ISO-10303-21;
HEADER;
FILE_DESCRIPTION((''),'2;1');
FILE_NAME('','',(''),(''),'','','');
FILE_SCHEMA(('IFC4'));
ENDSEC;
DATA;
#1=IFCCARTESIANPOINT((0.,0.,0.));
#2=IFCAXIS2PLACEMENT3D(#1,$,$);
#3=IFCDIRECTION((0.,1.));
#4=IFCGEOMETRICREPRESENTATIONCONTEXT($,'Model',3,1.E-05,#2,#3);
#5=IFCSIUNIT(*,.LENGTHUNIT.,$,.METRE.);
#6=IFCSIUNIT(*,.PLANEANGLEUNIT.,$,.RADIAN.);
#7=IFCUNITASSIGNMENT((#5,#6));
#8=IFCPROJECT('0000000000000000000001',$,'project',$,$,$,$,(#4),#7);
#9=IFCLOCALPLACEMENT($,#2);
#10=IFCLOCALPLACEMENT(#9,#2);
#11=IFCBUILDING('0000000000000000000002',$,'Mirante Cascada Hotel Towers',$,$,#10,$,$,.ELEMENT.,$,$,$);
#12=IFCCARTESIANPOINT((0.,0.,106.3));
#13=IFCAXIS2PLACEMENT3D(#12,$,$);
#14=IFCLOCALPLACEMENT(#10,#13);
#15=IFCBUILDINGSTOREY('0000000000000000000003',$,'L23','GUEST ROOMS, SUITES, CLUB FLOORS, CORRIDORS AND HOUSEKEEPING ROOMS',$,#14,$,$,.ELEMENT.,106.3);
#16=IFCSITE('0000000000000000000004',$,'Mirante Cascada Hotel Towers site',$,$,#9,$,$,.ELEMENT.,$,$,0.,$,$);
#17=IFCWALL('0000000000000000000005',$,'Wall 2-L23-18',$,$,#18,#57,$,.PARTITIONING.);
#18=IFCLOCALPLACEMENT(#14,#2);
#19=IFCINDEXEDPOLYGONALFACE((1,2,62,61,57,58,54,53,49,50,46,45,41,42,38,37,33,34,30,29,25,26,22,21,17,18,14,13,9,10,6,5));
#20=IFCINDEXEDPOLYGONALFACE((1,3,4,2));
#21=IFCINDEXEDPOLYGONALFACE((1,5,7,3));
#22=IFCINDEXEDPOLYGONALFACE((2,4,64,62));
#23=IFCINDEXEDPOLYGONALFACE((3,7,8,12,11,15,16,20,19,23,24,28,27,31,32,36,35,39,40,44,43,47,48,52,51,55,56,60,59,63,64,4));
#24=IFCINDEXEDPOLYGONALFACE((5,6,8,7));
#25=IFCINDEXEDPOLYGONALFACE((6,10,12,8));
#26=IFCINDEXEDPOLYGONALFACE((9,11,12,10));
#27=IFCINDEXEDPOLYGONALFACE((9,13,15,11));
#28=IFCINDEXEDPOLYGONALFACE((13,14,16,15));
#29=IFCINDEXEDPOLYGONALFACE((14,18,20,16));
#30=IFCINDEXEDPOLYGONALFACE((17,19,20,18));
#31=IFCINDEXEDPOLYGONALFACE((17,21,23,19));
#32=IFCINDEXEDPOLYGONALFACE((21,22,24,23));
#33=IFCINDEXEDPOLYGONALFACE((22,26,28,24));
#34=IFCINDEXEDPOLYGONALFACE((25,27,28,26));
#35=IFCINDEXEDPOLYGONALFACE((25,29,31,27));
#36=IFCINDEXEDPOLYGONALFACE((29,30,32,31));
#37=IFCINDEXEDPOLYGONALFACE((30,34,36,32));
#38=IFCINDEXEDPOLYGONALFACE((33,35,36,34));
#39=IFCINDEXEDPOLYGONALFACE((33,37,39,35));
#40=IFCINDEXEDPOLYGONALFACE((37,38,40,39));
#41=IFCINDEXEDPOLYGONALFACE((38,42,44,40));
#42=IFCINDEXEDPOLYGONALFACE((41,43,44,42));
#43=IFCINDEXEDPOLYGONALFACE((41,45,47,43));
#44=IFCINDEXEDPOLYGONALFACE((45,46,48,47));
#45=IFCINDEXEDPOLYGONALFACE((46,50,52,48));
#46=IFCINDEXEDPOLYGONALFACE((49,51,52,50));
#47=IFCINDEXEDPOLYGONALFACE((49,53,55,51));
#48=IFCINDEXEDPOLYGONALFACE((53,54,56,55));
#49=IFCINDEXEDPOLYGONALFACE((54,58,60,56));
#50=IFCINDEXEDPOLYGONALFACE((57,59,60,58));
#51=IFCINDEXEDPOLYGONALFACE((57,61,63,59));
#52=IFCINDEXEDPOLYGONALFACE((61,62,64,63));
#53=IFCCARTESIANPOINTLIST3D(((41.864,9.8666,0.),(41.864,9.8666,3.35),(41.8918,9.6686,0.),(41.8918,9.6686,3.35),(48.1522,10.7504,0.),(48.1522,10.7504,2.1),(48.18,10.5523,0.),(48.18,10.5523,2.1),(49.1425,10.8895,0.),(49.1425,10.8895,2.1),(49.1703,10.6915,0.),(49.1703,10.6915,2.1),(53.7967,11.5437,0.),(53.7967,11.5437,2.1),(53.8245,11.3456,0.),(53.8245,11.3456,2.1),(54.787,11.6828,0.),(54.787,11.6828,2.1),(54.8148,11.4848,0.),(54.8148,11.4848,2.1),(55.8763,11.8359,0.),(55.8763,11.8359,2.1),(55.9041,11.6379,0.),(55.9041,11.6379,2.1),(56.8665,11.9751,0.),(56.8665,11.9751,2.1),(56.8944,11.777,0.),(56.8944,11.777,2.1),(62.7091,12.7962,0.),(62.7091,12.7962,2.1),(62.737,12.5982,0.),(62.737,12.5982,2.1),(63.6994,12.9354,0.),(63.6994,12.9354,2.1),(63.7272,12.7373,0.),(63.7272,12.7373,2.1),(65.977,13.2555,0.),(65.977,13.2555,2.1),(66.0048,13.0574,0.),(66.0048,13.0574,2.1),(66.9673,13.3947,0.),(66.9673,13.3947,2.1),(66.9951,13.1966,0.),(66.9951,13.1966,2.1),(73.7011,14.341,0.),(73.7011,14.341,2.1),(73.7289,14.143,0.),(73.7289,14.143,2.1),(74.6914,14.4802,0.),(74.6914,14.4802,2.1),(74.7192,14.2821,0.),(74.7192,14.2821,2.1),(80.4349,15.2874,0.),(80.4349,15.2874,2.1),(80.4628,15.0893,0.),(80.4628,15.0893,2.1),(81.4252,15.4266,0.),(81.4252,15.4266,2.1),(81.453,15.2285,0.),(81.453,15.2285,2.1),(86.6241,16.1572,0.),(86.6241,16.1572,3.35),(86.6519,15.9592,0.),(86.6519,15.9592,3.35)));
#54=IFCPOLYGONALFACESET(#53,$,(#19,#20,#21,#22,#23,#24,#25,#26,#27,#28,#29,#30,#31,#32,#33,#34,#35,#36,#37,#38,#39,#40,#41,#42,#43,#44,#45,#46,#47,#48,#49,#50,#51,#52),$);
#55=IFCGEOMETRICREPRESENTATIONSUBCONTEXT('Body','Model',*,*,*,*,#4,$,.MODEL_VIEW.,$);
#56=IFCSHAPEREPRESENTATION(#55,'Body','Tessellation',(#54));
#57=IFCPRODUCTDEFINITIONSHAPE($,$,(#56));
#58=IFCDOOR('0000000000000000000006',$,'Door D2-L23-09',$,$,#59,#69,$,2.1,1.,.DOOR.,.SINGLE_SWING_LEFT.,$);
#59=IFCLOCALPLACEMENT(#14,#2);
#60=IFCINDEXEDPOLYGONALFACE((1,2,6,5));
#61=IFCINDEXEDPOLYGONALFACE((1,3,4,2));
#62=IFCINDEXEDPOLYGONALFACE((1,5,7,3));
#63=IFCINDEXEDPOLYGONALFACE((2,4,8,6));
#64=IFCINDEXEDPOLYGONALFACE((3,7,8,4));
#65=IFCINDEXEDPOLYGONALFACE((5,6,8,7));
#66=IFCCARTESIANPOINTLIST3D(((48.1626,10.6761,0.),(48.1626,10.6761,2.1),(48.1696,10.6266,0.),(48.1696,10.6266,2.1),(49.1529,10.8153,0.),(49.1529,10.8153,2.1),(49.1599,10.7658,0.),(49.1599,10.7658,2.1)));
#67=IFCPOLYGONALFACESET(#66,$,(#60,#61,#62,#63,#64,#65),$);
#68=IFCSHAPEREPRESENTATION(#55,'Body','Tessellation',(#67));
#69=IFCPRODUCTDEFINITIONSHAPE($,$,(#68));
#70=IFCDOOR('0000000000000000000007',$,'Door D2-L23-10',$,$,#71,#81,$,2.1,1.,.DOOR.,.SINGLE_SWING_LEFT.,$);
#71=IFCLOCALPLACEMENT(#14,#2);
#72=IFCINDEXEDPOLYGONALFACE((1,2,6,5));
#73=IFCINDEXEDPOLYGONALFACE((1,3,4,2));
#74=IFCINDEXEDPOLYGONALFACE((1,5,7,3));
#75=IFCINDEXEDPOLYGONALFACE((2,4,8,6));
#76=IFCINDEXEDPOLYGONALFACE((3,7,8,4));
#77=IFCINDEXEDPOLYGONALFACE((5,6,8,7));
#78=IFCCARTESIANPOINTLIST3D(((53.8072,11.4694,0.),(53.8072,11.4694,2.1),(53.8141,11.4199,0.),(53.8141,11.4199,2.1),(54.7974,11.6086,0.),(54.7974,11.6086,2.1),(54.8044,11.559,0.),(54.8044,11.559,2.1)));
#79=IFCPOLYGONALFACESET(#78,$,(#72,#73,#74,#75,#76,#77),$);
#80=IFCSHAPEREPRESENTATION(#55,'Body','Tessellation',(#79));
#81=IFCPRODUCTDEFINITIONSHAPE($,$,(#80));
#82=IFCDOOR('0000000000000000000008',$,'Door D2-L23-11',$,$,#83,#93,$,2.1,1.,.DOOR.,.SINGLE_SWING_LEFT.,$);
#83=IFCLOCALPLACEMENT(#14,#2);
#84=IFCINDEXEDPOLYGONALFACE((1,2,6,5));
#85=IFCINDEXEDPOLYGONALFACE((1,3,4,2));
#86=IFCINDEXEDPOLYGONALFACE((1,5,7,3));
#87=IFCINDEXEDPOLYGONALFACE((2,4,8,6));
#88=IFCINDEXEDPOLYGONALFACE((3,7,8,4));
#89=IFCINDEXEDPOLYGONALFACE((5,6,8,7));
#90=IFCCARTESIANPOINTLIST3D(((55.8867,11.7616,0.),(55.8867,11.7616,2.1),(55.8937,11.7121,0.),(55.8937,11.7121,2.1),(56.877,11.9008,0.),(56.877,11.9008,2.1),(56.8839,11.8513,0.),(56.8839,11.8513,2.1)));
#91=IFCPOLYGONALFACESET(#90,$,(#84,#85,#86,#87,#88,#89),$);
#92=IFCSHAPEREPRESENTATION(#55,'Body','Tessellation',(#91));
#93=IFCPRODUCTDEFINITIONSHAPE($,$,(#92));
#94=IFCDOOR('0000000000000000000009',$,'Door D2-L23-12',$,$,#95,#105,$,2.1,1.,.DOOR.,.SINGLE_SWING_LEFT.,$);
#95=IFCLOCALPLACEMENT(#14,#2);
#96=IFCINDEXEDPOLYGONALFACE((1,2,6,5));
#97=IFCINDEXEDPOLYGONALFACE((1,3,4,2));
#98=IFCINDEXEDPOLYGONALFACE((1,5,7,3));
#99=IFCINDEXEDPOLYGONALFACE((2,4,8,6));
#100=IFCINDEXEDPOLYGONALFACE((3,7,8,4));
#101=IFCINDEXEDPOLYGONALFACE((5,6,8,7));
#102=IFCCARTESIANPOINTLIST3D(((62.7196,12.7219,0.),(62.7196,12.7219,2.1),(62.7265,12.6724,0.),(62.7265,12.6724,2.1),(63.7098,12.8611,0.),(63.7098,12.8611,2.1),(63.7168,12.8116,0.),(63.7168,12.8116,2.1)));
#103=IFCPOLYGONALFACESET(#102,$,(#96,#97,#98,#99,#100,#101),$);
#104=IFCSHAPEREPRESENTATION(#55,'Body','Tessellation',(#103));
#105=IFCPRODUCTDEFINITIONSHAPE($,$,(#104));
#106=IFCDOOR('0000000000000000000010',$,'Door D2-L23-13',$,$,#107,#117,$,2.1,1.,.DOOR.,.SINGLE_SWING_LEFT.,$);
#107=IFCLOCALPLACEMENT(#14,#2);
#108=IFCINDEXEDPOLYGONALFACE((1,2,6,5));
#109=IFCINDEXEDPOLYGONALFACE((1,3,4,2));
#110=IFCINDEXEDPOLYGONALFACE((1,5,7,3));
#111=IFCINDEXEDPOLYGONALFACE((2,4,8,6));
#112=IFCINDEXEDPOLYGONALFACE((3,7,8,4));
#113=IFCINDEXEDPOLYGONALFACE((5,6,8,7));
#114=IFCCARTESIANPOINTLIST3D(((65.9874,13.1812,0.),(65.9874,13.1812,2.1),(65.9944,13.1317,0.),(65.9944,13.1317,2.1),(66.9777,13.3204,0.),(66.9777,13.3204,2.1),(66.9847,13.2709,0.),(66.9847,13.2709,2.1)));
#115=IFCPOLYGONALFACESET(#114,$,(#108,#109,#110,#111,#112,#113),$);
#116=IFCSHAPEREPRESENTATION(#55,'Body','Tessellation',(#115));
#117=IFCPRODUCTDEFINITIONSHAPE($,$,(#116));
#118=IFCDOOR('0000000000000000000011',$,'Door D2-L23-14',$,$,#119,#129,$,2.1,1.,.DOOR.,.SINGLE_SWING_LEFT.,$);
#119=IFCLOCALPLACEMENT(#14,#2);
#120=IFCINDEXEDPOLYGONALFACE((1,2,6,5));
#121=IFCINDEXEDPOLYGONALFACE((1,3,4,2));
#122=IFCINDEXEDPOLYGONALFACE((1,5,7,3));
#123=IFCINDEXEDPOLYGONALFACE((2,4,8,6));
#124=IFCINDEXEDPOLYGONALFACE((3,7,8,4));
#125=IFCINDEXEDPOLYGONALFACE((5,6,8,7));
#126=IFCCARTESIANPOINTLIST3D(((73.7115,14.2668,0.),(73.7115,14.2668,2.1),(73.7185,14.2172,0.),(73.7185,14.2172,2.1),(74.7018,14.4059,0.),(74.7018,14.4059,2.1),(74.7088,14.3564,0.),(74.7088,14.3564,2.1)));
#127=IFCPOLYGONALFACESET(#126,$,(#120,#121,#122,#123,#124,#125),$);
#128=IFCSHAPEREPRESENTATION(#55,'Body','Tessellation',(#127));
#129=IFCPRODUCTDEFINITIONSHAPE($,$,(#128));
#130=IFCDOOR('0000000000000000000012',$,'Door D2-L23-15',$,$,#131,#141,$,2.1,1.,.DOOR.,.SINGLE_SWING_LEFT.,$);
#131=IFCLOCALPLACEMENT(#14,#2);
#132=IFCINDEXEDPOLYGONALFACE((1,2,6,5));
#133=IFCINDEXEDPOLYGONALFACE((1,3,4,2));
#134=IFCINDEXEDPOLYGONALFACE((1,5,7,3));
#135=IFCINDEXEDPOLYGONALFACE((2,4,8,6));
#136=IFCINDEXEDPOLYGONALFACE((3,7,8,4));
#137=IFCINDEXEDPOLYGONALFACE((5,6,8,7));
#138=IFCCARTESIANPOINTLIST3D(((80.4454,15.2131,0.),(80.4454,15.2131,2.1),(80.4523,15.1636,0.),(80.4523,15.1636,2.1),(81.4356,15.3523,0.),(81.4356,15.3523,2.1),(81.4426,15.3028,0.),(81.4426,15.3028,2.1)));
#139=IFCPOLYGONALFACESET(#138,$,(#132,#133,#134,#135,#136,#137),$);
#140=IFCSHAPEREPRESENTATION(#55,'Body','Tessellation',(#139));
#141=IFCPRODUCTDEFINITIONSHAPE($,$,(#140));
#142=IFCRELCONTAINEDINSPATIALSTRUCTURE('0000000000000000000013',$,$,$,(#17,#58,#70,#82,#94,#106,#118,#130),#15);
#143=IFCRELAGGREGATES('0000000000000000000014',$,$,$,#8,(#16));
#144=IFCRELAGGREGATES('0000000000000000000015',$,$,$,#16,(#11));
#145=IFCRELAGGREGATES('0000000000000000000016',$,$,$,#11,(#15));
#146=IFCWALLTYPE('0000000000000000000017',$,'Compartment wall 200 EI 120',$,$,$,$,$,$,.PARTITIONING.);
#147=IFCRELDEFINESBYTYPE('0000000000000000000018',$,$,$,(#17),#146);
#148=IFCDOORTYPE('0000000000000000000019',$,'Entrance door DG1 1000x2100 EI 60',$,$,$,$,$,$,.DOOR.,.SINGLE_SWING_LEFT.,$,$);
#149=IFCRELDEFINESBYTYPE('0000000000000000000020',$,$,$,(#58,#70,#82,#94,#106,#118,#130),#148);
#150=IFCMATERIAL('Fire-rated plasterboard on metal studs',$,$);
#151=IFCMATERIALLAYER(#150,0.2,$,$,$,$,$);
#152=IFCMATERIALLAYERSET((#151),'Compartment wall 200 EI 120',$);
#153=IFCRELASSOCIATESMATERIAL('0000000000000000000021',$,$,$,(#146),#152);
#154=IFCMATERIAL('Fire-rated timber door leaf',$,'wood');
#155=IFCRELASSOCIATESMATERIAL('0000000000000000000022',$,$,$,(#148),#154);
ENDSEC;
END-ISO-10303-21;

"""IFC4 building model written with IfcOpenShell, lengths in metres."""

from ifc_helpers import new_model, si_unit, direction, frame, frame_2d, origin, place, context, subcontext, project, spatial, rectangle, extrude, material, layer, layer_set, type_object, element, fill, save


model = new_model("IFC4")

# Units and contexts
model_context = context("Model", 3, precision=1e-05, world=origin(), true_north=direction((0.0, 1.0)))
body_context = subcontext(model_context, "Body", "Model", "MODEL_VIEW")
ifc_project = project(units=[si_unit("LENGTHUNIT", "METRE"), si_unit("PLANEANGLEUNIT", "RADIAN")], contexts=[model_context])

# Site, building, storey
site_placement = place(None, origin())
site = spatial("IfcSite", under=ifc_project, at=site_placement, Name="Mirante Cascada Hotel Towers site", CompositionType="ELEMENT", RefElevation=0.0)
building_placement = place(site_placement, origin())
building = spatial("IfcBuilding", under=site, at=building_placement, Name="Mirante Cascada Hotel Towers", CompositionType="ELEMENT")
storey_placement = place(building_placement, frame((0.0, 0.0, 106.3)))
storey = spatial("IfcBuildingStorey", under=building, at=storey_placement, Name="L23", Description="GUEST ROOMS, SUITES, CLUB FLOORS, CORRIDORS AND HOUSEKEEPING ROOMS", CompositionType="ELEMENT", Elevation=106.3)

# Wall, openings, doors
ifc_material_1 = material(Name="Fire-rated plasterboard on metal studs")
ifc_layer_1 = layer(ifc_material_1, 0.2)
ifc_layer_set_1 = layer_set([ifc_layer_1], Name="Compartment wall 200 EI 120")
wall_type_1 = type_object("IfcWallType", Name="Compartment wall 200 EI 120", PredefinedType="PARTITIONING", material=ifc_layer_set_1)
wall_1_placement = place(storey_placement, frame((41.8779, 9.7676, 0.0), z_axis=(0.0, 0.0, 1.0), x_axis=(0.990268, 0.139173, 0.0)))
wall_1 = element("IfcWall", 1, at=wall_1_placement, inside=storey, type_object=wall_type_1, Name="Wall 2-L23-18", PredefinedType="PARTITIONING", context=body_context, shape_type="SweptSolid", body=[
    extrude(rectangle(XDim=45.2, YDim=0.2, at=frame_2d((22.6, 0.0))), origin(), (0.0, 0.0, 1.0), 3.35),
])
opening_1_placement = place(wall_1_placement, frame((6.35, 0.0, 0.0)))
opening_1 = element("IfcOpeningElement", 2, at=opening_1_placement, cuts=wall_1, PredefinedType="OPENING", context=body_context, shape_type="SweptSolid", body=[
    extrude(rectangle(XDim=1.0, YDim=2.1, at=frame_2d((0.5, 1.05))), frame((0.0, 0.1, 0.0), z_axis=(0.0, -1.0, 0.0), x_axis=(1.0, 0.0, 0.0)), (0.0, 0.0, 1.0), 0.2),
])
opening_2_placement = place(wall_1_placement, frame((12.05, 0.0, 0.0)))
opening_2 = element("IfcOpeningElement", 3, at=opening_2_placement, cuts=wall_1, PredefinedType="OPENING", context=body_context, shape_type="SweptSolid", body=[
    extrude(rectangle(XDim=1.0, YDim=2.1, at=frame_2d((0.5, 1.05))), frame((0.0, 0.1, 0.0), z_axis=(0.0, -1.0, 0.0), x_axis=(1.0, 0.0, 0.0)), (0.0, 0.0, 1.0), 0.2),
])
opening_3_placement = place(wall_1_placement, frame((14.15, 0.0, 0.0)))
opening_3 = element("IfcOpeningElement", 4, at=opening_3_placement, cuts=wall_1, PredefinedType="OPENING", context=body_context, shape_type="SweptSolid", body=[
    extrude(rectangle(XDim=1.0, YDim=2.1, at=frame_2d((0.5, 1.05))), frame((0.0, 0.1, 0.0), z_axis=(0.0, -1.0, 0.0), x_axis=(1.0, 0.0, 0.0)), (0.0, 0.0, 1.0), 0.2),
])
opening_4_placement = place(wall_1_placement, frame((21.05, 0.0, 0.0)))
opening_4 = element("IfcOpeningElement", 5, at=opening_4_placement, cuts=wall_1, PredefinedType="OPENING", context=body_context, shape_type="SweptSolid", body=[
    extrude(rectangle(XDim=1.0, YDim=2.1, at=frame_2d((0.5, 1.05))), frame((0.0, 0.1, 0.0), z_axis=(0.0, -1.0, 0.0), x_axis=(1.0, 0.0, 0.0)), (0.0, 0.0, 1.0), 0.2),
])
opening_5_placement = place(wall_1_placement, frame((24.35, 0.0, 0.0)))
opening_5 = element("IfcOpeningElement", 6, at=opening_5_placement, cuts=wall_1, PredefinedType="OPENING", context=body_context, shape_type="SweptSolid", body=[
    extrude(rectangle(XDim=1.0, YDim=2.1, at=frame_2d((0.5, 1.05))), frame((0.0, 0.1, 0.0), z_axis=(0.0, -1.0, 0.0), x_axis=(1.0, 0.0, 0.0)), (0.0, 0.0, 1.0), 0.2),
])
opening_6_placement = place(wall_1_placement, frame((32.15, 0.0, 0.0)))
opening_6 = element("IfcOpeningElement", 7, at=opening_6_placement, cuts=wall_1, PredefinedType="OPENING", context=body_context, shape_type="SweptSolid", body=[
    extrude(rectangle(XDim=1.0, YDim=2.1, at=frame_2d((0.5, 1.05))), frame((0.0, 0.1, 0.0), z_axis=(0.0, -1.0, 0.0), x_axis=(1.0, 0.0, 0.0)), (0.0, 0.0, 1.0), 0.2),
])
opening_7_placement = place(wall_1_placement, frame((38.95, 0.0, 0.0)))
opening_7 = element("IfcOpeningElement", 8, at=opening_7_placement, cuts=wall_1, PredefinedType="OPENING", context=body_context, shape_type="SweptSolid", body=[
    extrude(rectangle(XDim=1.0, YDim=2.1, at=frame_2d((0.5, 1.05))), frame((0.0, 0.1, 0.0), z_axis=(0.0, -1.0, 0.0), x_axis=(1.0, 0.0, 0.0)), (0.0, 0.0, 1.0), 0.2),
])
ifc_material_2 = material(Name="Fire-rated timber door leaf", Category="wood")
door_type_1 = type_object("IfcDoorType", Name="Entrance door DG1 1000x2100 EI 60", OperationType="SINGLE_SWING_LEFT", PredefinedType="DOOR", material=ifc_material_2)
door_1_placement = place(opening_1_placement, origin())
door_1 = element("IfcDoor", 9, at=door_1_placement, inside=storey, type_object=door_type_1, Name="Door D2-L23-09", OperationType="SINGLE_SWING_LEFT", OverallHeight=2.1, OverallWidth=1.0, PredefinedType="DOOR", context=body_context, shape_type="SweptSolid", body=[
    extrude(rectangle(XDim=1.0, YDim=2.1, at=frame_2d((0.5, 1.05))), frame((0.0, 0.025, 0.0), z_axis=(0.0, -1.0, 0.0), x_axis=(1.0, 0.0, 0.0)), (0.0, 0.0, 1.0), 0.05),
])
fill(opening_1, door_1)
door_2_placement = place(opening_2_placement, origin())
door_2 = element("IfcDoor", 10, at=door_2_placement, inside=storey, type_object=door_type_1, Name="Door D2-L23-10", OperationType="SINGLE_SWING_LEFT", OverallHeight=2.1, OverallWidth=1.0, PredefinedType="DOOR", context=body_context, shape_type="SweptSolid", body=[
    extrude(rectangle(XDim=1.0, YDim=2.1, at=frame_2d((0.5, 1.05))), frame((0.0, 0.025, 0.0), z_axis=(0.0, -1.0, 0.0), x_axis=(1.0, 0.0, 0.0)), (0.0, 0.0, 1.0), 0.05),
])
fill(opening_2, door_2)
door_3_placement = place(opening_3_placement, origin())
door_3 = element("IfcDoor", 11, at=door_3_placement, inside=storey, type_object=door_type_1, Name="Door D2-L23-11", OperationType="SINGLE_SWING_LEFT", OverallHeight=2.1, OverallWidth=1.0, PredefinedType="DOOR", context=body_context, shape_type="SweptSolid", body=[
    extrude(rectangle(XDim=1.0, YDim=2.1, at=frame_2d((0.5, 1.05))), frame((0.0, 0.025, 0.0), z_axis=(0.0, -1.0, 0.0), x_axis=(1.0, 0.0, 0.0)), (0.0, 0.0, 1.0), 0.05),
])
fill(opening_3, door_3)
door_4_placement = place(opening_4_placement, origin())
door_4 = element("IfcDoor", 12, at=door_4_placement, inside=storey, type_object=door_type_1, Name="Door D2-L23-12", OperationType="SINGLE_SWING_LEFT", OverallHeight=2.1, OverallWidth=1.0, PredefinedType="DOOR", context=body_context, shape_type="SweptSolid", body=[
    extrude(rectangle(XDim=1.0, YDim=2.1, at=frame_2d((0.5, 1.05))), frame((0.0, 0.025, 0.0), z_axis=(0.0, -1.0, 0.0), x_axis=(1.0, 0.0, 0.0)), (0.0, 0.0, 1.0), 0.05),
])
fill(opening_4, door_4)
door_5_placement = place(opening_5_placement, origin())
door_5 = element("IfcDoor", 13, at=door_5_placement, inside=storey, type_object=door_type_1, Name="Door D2-L23-13", OperationType="SINGLE_SWING_LEFT", OverallHeight=2.1, OverallWidth=1.0, PredefinedType="DOOR", context=body_context, shape_type="SweptSolid", body=[
    extrude(rectangle(XDim=1.0, YDim=2.1, at=frame_2d((0.5, 1.05))), frame((0.0, 0.025, 0.0), z_axis=(0.0, -1.0, 0.0), x_axis=(1.0, 0.0, 0.0)), (0.0, 0.0, 1.0), 0.05),
])
fill(opening_5, door_5)
door_6_placement = place(opening_6_placement, origin())
door_6 = element("IfcDoor", 14, at=door_6_placement, inside=storey, type_object=door_type_1, Name="Door D2-L23-14", OperationType="SINGLE_SWING_LEFT", OverallHeight=2.1, OverallWidth=1.0, PredefinedType="DOOR", context=body_context, shape_type="SweptSolid", body=[
    extrude(rectangle(XDim=1.0, YDim=2.1, at=frame_2d((0.5, 1.05))), frame((0.0, 0.025, 0.0), z_axis=(0.0, -1.0, 0.0), x_axis=(1.0, 0.0, 0.0)), (0.0, 0.0, 1.0), 0.05),
])
fill(opening_6, door_6)
door_7_placement = place(opening_7_placement, origin())
door_7 = element("IfcDoor", 15, at=door_7_placement, inside=storey, type_object=door_type_1, Name="Door D2-L23-15", OperationType="SINGLE_SWING_LEFT", OverallHeight=2.1, OverallWidth=1.0, PredefinedType="DOOR", context=body_context, shape_type="SweptSolid", body=[
    extrude(rectangle(XDim=1.0, YDim=2.1, at=frame_2d((0.5, 1.05))), frame((0.0, 0.025, 0.0), z_axis=(0.0, -1.0, 0.0), x_axis=(1.0, 0.0, 0.0)), (0.0, 0.0, 1.0), 0.05),
])
fill(opening_7, door_7)

save(model, "model.ifc")
